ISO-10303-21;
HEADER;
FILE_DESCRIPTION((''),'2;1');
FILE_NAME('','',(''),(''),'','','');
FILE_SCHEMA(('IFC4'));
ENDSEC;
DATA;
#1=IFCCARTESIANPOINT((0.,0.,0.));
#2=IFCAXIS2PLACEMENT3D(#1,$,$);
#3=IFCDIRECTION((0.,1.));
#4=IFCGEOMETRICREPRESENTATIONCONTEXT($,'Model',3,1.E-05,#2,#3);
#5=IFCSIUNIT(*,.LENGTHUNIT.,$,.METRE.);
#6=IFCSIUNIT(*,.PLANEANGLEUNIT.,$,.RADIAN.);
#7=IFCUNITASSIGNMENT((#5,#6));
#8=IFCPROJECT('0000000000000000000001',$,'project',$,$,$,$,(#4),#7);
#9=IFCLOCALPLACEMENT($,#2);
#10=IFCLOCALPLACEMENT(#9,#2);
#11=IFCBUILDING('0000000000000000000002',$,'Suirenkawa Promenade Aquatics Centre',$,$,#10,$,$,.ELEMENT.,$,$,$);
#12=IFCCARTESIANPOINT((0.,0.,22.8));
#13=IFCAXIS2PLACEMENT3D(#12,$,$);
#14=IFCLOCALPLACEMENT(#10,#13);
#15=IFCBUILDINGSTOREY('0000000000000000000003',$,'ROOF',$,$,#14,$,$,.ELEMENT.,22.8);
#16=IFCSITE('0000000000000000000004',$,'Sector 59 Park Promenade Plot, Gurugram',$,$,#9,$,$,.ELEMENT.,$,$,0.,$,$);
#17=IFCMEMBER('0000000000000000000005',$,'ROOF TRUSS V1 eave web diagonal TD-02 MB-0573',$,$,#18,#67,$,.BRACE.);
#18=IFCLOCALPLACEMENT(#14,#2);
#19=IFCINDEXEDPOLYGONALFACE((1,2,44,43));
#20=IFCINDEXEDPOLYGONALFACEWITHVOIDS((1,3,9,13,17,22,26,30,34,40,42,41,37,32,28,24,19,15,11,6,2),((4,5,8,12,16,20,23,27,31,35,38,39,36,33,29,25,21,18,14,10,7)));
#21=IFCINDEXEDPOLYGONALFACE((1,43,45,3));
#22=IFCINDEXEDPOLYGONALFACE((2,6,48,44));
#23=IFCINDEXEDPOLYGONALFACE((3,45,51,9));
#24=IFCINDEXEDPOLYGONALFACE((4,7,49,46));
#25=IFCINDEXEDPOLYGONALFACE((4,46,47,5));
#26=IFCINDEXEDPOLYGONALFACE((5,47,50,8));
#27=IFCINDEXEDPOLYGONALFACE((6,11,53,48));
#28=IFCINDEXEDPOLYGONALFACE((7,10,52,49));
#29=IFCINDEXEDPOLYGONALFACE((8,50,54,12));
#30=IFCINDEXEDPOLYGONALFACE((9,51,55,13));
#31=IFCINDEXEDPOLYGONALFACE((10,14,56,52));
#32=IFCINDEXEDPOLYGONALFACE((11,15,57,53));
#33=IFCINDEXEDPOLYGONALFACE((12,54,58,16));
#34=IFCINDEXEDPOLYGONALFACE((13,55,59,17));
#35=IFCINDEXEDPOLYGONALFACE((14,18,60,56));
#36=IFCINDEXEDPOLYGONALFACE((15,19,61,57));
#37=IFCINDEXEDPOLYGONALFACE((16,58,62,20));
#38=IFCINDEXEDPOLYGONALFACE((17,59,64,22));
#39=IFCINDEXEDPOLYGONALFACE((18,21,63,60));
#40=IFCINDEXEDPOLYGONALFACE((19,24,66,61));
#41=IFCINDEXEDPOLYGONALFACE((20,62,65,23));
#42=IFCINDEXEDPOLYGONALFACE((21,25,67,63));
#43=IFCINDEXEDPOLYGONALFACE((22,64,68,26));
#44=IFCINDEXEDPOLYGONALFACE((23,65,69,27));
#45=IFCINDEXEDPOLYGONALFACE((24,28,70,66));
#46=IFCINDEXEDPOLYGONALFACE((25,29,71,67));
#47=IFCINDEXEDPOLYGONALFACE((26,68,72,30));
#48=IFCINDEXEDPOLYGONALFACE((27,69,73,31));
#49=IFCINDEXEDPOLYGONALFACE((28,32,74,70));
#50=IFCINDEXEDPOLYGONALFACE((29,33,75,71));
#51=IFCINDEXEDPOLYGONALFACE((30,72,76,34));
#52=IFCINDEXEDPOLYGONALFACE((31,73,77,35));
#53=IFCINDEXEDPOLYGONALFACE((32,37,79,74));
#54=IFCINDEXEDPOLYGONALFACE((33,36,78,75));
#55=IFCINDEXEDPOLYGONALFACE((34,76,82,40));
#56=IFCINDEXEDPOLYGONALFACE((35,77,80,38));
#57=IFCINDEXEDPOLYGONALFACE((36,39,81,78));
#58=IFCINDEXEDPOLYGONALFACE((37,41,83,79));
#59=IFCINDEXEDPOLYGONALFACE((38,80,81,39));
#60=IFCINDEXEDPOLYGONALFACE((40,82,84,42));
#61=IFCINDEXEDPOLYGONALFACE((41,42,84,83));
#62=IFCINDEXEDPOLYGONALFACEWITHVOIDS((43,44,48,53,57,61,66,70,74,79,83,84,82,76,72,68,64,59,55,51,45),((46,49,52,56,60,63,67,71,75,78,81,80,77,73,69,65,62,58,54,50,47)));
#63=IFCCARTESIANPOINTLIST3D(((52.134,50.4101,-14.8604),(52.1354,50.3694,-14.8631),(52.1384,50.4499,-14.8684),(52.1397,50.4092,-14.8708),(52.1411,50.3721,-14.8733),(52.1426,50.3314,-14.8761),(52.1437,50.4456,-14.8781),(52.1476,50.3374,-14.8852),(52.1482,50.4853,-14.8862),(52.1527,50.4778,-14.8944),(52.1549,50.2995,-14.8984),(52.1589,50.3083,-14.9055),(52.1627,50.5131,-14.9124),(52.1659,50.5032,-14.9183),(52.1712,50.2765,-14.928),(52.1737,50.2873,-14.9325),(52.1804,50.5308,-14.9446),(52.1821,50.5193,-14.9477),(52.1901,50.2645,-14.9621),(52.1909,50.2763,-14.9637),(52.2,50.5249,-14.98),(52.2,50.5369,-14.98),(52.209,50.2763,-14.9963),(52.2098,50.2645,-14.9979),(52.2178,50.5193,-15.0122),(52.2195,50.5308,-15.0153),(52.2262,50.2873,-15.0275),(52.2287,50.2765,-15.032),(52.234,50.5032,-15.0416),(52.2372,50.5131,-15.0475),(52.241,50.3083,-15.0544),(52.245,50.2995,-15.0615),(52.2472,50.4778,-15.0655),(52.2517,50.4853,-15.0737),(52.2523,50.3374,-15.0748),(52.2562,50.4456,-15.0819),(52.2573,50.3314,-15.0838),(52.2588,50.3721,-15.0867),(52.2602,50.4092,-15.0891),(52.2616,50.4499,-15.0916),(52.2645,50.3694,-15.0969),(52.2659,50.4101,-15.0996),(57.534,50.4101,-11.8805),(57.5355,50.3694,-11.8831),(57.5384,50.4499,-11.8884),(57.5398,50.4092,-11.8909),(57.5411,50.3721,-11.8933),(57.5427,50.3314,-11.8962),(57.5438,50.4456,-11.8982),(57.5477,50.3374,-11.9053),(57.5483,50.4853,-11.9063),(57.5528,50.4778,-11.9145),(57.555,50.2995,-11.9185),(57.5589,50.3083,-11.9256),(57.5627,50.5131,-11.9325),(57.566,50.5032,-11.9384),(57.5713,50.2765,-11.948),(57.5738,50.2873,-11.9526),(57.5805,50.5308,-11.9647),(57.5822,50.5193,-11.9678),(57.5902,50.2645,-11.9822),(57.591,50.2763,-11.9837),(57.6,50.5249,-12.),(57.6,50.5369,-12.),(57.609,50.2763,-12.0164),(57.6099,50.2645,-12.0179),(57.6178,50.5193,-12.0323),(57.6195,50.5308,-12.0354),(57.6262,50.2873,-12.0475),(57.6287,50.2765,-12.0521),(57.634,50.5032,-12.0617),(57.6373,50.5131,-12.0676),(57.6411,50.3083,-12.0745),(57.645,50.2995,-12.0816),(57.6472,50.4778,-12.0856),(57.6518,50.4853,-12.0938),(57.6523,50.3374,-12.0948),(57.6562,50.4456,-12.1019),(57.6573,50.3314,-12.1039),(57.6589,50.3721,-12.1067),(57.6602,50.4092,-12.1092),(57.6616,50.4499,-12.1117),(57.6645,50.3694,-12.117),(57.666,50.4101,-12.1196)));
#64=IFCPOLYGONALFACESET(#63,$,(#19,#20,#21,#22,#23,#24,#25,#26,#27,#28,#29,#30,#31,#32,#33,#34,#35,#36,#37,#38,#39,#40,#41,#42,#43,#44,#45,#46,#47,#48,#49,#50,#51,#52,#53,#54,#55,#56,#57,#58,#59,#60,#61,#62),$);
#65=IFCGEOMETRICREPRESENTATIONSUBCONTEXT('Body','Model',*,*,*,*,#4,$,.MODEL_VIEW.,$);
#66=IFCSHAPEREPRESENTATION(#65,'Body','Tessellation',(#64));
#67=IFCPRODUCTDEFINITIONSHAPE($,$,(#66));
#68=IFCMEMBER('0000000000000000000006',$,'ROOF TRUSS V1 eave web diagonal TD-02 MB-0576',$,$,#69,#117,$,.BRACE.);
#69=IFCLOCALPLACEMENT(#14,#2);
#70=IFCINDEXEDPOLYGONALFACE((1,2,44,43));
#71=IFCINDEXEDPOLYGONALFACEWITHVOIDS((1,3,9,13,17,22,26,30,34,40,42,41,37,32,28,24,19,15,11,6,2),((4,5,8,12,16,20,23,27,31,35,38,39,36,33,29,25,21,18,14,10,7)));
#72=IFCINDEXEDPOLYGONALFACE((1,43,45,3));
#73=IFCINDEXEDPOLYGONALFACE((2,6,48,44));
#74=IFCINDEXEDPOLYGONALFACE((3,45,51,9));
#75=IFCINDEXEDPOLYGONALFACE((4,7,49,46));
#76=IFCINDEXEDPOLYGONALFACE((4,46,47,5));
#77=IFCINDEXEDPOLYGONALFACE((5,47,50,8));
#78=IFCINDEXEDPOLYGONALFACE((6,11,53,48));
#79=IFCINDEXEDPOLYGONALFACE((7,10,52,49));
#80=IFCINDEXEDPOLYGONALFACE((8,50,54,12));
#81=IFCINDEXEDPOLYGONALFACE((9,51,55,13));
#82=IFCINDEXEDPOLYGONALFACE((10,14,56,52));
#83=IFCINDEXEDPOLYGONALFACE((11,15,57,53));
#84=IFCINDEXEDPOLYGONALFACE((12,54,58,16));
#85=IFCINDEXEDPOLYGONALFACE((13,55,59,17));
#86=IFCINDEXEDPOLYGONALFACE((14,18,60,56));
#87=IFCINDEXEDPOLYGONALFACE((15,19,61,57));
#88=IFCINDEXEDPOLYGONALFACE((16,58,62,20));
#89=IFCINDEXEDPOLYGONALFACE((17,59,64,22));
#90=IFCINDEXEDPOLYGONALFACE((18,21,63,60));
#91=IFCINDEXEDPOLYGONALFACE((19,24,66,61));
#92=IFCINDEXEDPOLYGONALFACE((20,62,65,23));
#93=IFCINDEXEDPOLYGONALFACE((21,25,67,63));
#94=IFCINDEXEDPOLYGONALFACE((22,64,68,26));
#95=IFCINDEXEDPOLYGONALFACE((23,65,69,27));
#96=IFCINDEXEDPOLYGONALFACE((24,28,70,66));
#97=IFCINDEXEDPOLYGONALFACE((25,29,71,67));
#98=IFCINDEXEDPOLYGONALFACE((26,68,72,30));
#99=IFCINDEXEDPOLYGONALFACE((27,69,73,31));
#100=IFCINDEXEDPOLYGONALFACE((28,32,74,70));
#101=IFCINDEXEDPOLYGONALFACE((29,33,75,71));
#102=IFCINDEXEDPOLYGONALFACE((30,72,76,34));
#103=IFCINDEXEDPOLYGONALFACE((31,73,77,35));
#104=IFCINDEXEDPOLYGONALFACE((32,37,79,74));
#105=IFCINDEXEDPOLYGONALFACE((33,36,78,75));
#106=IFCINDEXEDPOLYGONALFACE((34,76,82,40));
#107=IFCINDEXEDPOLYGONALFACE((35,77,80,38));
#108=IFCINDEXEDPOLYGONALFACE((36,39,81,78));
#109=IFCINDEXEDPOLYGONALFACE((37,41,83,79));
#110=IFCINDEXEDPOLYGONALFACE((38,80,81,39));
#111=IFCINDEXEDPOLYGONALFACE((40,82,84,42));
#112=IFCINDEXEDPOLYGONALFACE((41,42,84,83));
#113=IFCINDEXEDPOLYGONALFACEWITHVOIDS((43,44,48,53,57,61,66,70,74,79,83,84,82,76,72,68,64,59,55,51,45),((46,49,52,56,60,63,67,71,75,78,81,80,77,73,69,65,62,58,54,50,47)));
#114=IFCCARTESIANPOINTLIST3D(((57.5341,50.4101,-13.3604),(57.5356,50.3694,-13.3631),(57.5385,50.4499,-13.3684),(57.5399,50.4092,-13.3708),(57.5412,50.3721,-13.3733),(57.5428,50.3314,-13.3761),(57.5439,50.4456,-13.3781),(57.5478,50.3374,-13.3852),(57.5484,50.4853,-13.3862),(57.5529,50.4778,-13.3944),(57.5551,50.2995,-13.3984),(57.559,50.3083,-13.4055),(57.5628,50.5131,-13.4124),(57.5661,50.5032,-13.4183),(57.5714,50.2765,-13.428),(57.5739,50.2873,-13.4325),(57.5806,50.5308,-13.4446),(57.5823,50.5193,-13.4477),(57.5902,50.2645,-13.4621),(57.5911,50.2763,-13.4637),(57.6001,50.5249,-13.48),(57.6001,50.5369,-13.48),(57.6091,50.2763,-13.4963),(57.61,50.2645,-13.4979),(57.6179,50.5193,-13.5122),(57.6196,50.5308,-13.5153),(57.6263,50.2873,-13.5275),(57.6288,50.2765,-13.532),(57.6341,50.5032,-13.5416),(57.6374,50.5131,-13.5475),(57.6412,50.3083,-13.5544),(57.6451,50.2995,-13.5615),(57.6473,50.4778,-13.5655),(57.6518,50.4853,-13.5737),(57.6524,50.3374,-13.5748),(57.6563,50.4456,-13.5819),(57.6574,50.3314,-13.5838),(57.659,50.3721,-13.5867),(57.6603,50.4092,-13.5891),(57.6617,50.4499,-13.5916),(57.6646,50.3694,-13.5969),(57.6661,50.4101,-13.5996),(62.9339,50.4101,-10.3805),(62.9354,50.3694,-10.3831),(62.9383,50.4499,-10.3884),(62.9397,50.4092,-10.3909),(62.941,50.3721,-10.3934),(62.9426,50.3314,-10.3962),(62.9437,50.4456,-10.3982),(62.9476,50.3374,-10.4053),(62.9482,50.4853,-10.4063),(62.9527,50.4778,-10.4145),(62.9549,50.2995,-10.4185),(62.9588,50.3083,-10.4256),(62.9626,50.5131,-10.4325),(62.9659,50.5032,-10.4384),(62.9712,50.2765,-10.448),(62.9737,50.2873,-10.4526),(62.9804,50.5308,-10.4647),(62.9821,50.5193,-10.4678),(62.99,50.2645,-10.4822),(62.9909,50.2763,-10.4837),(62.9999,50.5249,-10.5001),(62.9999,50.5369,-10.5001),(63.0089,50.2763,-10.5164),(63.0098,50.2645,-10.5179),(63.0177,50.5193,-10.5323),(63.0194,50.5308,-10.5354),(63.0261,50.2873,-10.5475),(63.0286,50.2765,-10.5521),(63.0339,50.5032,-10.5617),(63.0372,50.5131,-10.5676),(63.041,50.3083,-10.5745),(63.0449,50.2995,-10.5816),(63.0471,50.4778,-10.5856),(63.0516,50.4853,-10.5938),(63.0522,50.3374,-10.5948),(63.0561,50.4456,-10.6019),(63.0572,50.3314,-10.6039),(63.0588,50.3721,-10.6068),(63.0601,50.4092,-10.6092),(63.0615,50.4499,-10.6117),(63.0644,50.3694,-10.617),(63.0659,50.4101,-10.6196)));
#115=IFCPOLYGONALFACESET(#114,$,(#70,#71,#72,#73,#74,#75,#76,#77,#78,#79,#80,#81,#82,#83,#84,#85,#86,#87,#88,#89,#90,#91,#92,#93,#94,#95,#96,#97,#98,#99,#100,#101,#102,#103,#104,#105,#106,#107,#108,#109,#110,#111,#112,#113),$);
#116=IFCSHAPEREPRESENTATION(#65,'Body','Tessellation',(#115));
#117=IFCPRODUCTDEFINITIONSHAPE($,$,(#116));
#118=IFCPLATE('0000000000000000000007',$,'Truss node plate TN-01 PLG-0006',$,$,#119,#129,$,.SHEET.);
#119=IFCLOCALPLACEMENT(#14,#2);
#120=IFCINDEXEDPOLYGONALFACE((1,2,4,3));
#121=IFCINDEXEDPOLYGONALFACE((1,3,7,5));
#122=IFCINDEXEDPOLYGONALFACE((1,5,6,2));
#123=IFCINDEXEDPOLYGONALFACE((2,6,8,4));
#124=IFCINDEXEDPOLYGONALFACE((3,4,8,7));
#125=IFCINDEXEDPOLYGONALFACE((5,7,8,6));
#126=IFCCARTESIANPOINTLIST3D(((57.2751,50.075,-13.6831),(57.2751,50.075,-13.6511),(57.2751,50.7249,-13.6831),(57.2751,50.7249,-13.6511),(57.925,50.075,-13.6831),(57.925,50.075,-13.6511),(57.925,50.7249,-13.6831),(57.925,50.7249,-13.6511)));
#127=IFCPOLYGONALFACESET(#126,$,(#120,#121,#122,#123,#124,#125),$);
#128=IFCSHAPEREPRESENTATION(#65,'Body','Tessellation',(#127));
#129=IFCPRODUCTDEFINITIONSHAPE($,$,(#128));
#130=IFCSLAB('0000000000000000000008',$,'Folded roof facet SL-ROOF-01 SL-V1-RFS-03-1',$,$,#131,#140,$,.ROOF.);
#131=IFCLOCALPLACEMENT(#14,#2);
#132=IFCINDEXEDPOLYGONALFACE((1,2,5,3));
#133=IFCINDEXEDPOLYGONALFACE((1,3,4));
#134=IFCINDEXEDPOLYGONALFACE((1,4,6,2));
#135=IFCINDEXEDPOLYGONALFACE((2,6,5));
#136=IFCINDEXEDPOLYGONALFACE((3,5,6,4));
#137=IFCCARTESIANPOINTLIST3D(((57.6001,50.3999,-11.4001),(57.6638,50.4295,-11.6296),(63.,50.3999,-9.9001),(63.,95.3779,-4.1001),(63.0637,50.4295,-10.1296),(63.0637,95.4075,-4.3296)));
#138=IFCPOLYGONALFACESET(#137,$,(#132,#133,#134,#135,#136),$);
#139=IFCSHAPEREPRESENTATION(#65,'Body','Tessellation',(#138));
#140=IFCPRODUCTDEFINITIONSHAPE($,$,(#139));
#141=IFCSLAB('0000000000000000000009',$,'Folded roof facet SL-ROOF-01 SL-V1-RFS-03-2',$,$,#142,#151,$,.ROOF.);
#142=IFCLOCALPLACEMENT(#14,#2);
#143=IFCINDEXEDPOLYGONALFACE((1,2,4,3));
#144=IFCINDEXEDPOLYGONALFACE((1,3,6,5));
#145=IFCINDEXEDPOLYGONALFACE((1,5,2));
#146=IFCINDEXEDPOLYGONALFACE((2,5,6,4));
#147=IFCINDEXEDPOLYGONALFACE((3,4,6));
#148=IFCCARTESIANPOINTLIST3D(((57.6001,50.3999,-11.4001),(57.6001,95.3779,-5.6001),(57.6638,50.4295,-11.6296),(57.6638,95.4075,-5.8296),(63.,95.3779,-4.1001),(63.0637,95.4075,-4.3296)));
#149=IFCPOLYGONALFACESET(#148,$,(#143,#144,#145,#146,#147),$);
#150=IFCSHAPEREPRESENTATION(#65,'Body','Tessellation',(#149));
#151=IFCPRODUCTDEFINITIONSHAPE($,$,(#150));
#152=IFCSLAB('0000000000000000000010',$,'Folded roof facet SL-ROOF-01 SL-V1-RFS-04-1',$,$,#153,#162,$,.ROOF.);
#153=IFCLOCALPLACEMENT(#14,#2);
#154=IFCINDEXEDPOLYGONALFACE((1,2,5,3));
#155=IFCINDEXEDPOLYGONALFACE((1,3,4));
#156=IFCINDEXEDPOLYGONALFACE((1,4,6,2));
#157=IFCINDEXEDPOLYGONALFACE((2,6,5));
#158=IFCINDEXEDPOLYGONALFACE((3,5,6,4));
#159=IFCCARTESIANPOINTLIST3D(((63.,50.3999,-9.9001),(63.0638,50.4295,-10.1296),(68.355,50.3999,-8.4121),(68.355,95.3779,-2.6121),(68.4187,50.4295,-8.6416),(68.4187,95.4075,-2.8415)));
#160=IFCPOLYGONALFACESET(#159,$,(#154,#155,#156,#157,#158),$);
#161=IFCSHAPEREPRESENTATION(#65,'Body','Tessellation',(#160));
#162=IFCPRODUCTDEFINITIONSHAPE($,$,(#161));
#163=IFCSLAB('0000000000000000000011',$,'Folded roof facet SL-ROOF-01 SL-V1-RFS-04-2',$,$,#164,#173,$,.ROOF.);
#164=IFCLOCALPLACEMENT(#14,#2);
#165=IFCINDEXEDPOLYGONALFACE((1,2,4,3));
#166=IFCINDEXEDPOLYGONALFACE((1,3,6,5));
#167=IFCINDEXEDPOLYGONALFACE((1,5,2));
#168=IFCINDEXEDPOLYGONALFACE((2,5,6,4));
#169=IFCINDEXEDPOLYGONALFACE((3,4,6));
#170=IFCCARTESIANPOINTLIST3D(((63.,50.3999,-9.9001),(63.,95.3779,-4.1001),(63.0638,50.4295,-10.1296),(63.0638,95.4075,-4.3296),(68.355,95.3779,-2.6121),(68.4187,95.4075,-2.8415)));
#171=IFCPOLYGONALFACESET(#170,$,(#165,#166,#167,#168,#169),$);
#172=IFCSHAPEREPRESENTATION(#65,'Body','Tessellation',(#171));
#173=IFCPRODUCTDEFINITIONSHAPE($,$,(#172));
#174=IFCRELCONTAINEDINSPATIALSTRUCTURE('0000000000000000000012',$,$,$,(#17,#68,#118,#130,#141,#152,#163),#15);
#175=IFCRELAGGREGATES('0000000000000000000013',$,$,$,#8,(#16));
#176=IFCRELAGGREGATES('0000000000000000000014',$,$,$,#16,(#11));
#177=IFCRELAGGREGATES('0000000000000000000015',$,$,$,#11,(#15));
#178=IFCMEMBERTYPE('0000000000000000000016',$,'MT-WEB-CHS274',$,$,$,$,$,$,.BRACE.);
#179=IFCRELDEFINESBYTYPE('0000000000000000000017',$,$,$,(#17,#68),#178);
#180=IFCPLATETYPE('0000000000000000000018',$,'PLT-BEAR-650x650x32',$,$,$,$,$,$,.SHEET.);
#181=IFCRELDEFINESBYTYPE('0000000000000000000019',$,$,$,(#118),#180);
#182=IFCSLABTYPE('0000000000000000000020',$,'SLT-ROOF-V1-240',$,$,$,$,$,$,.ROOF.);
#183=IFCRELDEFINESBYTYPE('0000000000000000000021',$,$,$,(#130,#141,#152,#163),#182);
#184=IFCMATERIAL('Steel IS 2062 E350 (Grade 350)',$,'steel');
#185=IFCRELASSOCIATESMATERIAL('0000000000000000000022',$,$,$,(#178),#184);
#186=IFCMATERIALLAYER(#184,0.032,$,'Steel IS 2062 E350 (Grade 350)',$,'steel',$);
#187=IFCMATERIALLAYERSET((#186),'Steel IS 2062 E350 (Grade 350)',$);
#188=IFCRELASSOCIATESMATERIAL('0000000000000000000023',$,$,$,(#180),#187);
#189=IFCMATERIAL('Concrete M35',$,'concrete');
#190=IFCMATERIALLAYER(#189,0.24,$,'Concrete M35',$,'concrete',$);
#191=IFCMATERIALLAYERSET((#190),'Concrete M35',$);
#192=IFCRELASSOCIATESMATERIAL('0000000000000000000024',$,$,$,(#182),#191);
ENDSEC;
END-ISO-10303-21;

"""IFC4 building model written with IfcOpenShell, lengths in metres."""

from ifc_helpers import new_model, si_unit, direction, frame, origin, origin_2d, place, context, subcontext, project, spatial, polyline, rectangle, hollow_circle, outline, extrude, material, layer, layer_set, material_profile, profile_set, type_object, element, save


model = new_model("IFC4")

# Units and contexts
model_context = context("Model", 3, precision=1e-05, world=origin(), true_north=direction((0.0, 1.0)))
body_context = subcontext(model_context, "Body", "Model", "MODEL_VIEW")
ifc_project = project(units=[si_unit("LENGTHUNIT", "METRE"), si_unit("PLANEANGLEUNIT", "RADIAN")], contexts=[model_context])

# Site, building, storey
site_placement = place(None, origin())
site = spatial("IfcSite", under=ifc_project, at=site_placement, Name="Sector 59 Park Promenade Plot, Gurugram", CompositionType="ELEMENT", RefElevation=0.0)
building_placement = place(site_placement, origin())
building = spatial("IfcBuilding", under=site, at=building_placement, Name="Suirenkawa Promenade Aquatics Centre", CompositionType="ELEMENT")
storey_placement = place(building_placement, frame((0.0, 0.0, 22.8)))
storey = spatial("IfcBuildingStorey", under=building, at=storey_placement, Name="ROOF", CompositionType="ELEMENT", Elevation=22.8)

# Shared definitions
ifc_material_1 = material(Name="Steel IS 2062 E350 (Grade 350)", Category="steel")

# Members
ifc_material_profile_1 = material_profile(ifc_material_1, hollow_circle(Radius=0.137, WallThickness=0.012, at=origin_2d()), Name="CHS 274x12", Category="steel")
ifc_profile_set_1 = profile_set([ifc_material_profile_1], Name="Steel IS 2062 E350 (Grade 350)")
member_type_1 = type_object("IfcMemberType", Name="MT-WEB-CHS274", PredefinedType="BRACE", material=ifc_profile_set_1)
member_1_placement = place(storey_placement, frame((52.2, 50.3999, -14.98), z_axis=(0.875537, 0.0, 0.483151), x_axis=(0.0, 1.0, 0.0)))
element("IfcMember", 1, at=member_1_placement, inside=storey, type_object=member_type_1, Name="ROOF TRUSS V1 eave web diagonal TD-02 MB-0573", PredefinedType="BRACE", context=body_context, shape_type="SweptSolid", body=[
    extrude(hollow_circle(Radius=0.137, WallThickness=0.012, at=origin_2d()), origin(), (0.0, 0.0, 1.0), 6.1677),
])
member_2_placement = place(storey_placement, frame((57.6001, 50.3999, -13.48), z_axis=(0.875528, 0.0, 0.483167), x_axis=(0.0, 1.0, 0.0)))
element("IfcMember", 2, at=member_2_placement, inside=storey, type_object=member_type_1, Name="ROOF TRUSS V1 eave web diagonal TD-02 MB-0576", PredefinedType="BRACE", context=body_context, shape_type="SweptSolid", body=[
    extrude(hollow_circle(Radius=0.137, WallThickness=0.012, at=origin_2d()), origin(), (0.0, 0.0, 1.0), 6.1675),
])

# Plate
ifc_layer_1 = layer(ifc_material_1, 0.032, Name="Steel IS 2062 E350 (Grade 350)", Category="steel")
ifc_layer_set_1 = layer_set([ifc_layer_1], Name="Steel IS 2062 E350 (Grade 350)")
plate_type = type_object("IfcPlateType", Name="PLT-BEAR-650x650x32", PredefinedType="SHEET", material=ifc_layer_set_1)
plate_placement = place(storey_placement, frame((57.6001, 50.3999, -13.6831), z_axis=(0.0, 0.0, 1.0), x_axis=(1.0, 0.0, 0.0)))
element("IfcPlate", 3, at=plate_placement, inside=storey, type_object=plate_type, Name="Truss node plate TN-01 PLG-0006", PredefinedType="SHEET", context=body_context, shape_type="SweptSolid", body=[
    extrude(rectangle(XDim=0.6499, YDim=0.6499, at=origin_2d()), origin(), (0.0, 0.0, 1.0), 0.032),
])

# Slabs
ifc_material_2 = material(Name="Concrete M35", Category="concrete")
ifc_layer_2 = layer(ifc_material_2, 0.24, Name="Concrete M35", Category="concrete")
ifc_layer_set_2 = layer_set([ifc_layer_2], Name="Concrete M35")
slab_type = type_object("IfcSlabType", Name="SLT-ROOF-V1-240", PredefinedType="ROOF", material=ifc_layer_set_2)
slab_1_placement = place(storey_placement, frame((57.6001, 50.3999, -11.4001), z_axis=(-0.265606, -0.1233, 0.956164), x_axis=(0.963517, 0.0, 0.267648)))
element("IfcSlab", 4, at=slab_1_placement, inside=storey, type_object=slab_type, Name="Folded roof facet SL-ROOF-01 SL-V1-RFS-03-1", PredefinedType="ROOF", context=body_context, shape_type="SweptSolid", body=[
    extrude(outline(polyline([(0.0, 0.0), (5.6044, 0.0), (7.1567, 45.3239), (0.0, 0.0)])), origin(), (0.0, 0.0, -1.0), 0.24),
])
slab_2_placement = place(storey_placement, frame((57.6001, 50.3999, -11.4001), z_axis=(-0.265606, -0.1233, 0.956164), x_axis=(0.117682, 0.980225, 0.159093)))
element("IfcSlab", 5, at=slab_2_placement, inside=storey, type_object=slab_type, Name="Folded roof facet SL-ROOF-01 SL-V1-RFS-03-2", PredefinedType="ROOF", context=body_context, shape_type="SweptSolid", body=[
    extrude(outline(polyline([(0.0, 0.0), (45.8854, 0.0), (45.0113, 5.5358), (0.0, 0.0)])), origin(), (0.0, 0.0, -1.0), 0.24),
])
slab_3_placement = place(storey_placement, frame((63.0, 50.3999, -9.9001), z_axis=(-0.265692, -0.123297, 0.956141), x_axis=(0.963493, 0.0, 0.267734)))
element("IfcSlab", 6, at=slab_3_placement, inside=storey, type_object=slab_type, Name="Folded roof facet SL-ROOF-01 SL-V1-RFS-04-1", PredefinedType="ROOF", context=body_context, shape_type="SweptSolid", body=[
    extrude(outline(polyline([(0.0, 0.0), (5.5579, 0.0), (7.1108, 45.3239), (0.0, 0.0)])), origin(), (0.0, 0.0, -1.0), 0.24),
])
slab_4_placement = place(storey_placement, frame((63.0, 50.3999, -9.9001), z_axis=(-0.265692, -0.123297, 0.956141), x_axis=(0.116722, 0.980378, 0.158857)))
element("IfcSlab", 7, at=slab_4_placement, inside=storey, type_object=slab_type, Name="Folded roof facet SL-ROOF-01 SL-V1-RFS-04-2", PredefinedType="ROOF", context=body_context, shape_type="SweptSolid", body=[
    extrude(outline(polyline([(0.0, 0.0), (45.8783, 0.0), (45.0168, 5.4907), (0.0, 0.0)])), origin(), (0.0, 0.0, -1.0), 0.24),
])

save(model, "model.ifc")
